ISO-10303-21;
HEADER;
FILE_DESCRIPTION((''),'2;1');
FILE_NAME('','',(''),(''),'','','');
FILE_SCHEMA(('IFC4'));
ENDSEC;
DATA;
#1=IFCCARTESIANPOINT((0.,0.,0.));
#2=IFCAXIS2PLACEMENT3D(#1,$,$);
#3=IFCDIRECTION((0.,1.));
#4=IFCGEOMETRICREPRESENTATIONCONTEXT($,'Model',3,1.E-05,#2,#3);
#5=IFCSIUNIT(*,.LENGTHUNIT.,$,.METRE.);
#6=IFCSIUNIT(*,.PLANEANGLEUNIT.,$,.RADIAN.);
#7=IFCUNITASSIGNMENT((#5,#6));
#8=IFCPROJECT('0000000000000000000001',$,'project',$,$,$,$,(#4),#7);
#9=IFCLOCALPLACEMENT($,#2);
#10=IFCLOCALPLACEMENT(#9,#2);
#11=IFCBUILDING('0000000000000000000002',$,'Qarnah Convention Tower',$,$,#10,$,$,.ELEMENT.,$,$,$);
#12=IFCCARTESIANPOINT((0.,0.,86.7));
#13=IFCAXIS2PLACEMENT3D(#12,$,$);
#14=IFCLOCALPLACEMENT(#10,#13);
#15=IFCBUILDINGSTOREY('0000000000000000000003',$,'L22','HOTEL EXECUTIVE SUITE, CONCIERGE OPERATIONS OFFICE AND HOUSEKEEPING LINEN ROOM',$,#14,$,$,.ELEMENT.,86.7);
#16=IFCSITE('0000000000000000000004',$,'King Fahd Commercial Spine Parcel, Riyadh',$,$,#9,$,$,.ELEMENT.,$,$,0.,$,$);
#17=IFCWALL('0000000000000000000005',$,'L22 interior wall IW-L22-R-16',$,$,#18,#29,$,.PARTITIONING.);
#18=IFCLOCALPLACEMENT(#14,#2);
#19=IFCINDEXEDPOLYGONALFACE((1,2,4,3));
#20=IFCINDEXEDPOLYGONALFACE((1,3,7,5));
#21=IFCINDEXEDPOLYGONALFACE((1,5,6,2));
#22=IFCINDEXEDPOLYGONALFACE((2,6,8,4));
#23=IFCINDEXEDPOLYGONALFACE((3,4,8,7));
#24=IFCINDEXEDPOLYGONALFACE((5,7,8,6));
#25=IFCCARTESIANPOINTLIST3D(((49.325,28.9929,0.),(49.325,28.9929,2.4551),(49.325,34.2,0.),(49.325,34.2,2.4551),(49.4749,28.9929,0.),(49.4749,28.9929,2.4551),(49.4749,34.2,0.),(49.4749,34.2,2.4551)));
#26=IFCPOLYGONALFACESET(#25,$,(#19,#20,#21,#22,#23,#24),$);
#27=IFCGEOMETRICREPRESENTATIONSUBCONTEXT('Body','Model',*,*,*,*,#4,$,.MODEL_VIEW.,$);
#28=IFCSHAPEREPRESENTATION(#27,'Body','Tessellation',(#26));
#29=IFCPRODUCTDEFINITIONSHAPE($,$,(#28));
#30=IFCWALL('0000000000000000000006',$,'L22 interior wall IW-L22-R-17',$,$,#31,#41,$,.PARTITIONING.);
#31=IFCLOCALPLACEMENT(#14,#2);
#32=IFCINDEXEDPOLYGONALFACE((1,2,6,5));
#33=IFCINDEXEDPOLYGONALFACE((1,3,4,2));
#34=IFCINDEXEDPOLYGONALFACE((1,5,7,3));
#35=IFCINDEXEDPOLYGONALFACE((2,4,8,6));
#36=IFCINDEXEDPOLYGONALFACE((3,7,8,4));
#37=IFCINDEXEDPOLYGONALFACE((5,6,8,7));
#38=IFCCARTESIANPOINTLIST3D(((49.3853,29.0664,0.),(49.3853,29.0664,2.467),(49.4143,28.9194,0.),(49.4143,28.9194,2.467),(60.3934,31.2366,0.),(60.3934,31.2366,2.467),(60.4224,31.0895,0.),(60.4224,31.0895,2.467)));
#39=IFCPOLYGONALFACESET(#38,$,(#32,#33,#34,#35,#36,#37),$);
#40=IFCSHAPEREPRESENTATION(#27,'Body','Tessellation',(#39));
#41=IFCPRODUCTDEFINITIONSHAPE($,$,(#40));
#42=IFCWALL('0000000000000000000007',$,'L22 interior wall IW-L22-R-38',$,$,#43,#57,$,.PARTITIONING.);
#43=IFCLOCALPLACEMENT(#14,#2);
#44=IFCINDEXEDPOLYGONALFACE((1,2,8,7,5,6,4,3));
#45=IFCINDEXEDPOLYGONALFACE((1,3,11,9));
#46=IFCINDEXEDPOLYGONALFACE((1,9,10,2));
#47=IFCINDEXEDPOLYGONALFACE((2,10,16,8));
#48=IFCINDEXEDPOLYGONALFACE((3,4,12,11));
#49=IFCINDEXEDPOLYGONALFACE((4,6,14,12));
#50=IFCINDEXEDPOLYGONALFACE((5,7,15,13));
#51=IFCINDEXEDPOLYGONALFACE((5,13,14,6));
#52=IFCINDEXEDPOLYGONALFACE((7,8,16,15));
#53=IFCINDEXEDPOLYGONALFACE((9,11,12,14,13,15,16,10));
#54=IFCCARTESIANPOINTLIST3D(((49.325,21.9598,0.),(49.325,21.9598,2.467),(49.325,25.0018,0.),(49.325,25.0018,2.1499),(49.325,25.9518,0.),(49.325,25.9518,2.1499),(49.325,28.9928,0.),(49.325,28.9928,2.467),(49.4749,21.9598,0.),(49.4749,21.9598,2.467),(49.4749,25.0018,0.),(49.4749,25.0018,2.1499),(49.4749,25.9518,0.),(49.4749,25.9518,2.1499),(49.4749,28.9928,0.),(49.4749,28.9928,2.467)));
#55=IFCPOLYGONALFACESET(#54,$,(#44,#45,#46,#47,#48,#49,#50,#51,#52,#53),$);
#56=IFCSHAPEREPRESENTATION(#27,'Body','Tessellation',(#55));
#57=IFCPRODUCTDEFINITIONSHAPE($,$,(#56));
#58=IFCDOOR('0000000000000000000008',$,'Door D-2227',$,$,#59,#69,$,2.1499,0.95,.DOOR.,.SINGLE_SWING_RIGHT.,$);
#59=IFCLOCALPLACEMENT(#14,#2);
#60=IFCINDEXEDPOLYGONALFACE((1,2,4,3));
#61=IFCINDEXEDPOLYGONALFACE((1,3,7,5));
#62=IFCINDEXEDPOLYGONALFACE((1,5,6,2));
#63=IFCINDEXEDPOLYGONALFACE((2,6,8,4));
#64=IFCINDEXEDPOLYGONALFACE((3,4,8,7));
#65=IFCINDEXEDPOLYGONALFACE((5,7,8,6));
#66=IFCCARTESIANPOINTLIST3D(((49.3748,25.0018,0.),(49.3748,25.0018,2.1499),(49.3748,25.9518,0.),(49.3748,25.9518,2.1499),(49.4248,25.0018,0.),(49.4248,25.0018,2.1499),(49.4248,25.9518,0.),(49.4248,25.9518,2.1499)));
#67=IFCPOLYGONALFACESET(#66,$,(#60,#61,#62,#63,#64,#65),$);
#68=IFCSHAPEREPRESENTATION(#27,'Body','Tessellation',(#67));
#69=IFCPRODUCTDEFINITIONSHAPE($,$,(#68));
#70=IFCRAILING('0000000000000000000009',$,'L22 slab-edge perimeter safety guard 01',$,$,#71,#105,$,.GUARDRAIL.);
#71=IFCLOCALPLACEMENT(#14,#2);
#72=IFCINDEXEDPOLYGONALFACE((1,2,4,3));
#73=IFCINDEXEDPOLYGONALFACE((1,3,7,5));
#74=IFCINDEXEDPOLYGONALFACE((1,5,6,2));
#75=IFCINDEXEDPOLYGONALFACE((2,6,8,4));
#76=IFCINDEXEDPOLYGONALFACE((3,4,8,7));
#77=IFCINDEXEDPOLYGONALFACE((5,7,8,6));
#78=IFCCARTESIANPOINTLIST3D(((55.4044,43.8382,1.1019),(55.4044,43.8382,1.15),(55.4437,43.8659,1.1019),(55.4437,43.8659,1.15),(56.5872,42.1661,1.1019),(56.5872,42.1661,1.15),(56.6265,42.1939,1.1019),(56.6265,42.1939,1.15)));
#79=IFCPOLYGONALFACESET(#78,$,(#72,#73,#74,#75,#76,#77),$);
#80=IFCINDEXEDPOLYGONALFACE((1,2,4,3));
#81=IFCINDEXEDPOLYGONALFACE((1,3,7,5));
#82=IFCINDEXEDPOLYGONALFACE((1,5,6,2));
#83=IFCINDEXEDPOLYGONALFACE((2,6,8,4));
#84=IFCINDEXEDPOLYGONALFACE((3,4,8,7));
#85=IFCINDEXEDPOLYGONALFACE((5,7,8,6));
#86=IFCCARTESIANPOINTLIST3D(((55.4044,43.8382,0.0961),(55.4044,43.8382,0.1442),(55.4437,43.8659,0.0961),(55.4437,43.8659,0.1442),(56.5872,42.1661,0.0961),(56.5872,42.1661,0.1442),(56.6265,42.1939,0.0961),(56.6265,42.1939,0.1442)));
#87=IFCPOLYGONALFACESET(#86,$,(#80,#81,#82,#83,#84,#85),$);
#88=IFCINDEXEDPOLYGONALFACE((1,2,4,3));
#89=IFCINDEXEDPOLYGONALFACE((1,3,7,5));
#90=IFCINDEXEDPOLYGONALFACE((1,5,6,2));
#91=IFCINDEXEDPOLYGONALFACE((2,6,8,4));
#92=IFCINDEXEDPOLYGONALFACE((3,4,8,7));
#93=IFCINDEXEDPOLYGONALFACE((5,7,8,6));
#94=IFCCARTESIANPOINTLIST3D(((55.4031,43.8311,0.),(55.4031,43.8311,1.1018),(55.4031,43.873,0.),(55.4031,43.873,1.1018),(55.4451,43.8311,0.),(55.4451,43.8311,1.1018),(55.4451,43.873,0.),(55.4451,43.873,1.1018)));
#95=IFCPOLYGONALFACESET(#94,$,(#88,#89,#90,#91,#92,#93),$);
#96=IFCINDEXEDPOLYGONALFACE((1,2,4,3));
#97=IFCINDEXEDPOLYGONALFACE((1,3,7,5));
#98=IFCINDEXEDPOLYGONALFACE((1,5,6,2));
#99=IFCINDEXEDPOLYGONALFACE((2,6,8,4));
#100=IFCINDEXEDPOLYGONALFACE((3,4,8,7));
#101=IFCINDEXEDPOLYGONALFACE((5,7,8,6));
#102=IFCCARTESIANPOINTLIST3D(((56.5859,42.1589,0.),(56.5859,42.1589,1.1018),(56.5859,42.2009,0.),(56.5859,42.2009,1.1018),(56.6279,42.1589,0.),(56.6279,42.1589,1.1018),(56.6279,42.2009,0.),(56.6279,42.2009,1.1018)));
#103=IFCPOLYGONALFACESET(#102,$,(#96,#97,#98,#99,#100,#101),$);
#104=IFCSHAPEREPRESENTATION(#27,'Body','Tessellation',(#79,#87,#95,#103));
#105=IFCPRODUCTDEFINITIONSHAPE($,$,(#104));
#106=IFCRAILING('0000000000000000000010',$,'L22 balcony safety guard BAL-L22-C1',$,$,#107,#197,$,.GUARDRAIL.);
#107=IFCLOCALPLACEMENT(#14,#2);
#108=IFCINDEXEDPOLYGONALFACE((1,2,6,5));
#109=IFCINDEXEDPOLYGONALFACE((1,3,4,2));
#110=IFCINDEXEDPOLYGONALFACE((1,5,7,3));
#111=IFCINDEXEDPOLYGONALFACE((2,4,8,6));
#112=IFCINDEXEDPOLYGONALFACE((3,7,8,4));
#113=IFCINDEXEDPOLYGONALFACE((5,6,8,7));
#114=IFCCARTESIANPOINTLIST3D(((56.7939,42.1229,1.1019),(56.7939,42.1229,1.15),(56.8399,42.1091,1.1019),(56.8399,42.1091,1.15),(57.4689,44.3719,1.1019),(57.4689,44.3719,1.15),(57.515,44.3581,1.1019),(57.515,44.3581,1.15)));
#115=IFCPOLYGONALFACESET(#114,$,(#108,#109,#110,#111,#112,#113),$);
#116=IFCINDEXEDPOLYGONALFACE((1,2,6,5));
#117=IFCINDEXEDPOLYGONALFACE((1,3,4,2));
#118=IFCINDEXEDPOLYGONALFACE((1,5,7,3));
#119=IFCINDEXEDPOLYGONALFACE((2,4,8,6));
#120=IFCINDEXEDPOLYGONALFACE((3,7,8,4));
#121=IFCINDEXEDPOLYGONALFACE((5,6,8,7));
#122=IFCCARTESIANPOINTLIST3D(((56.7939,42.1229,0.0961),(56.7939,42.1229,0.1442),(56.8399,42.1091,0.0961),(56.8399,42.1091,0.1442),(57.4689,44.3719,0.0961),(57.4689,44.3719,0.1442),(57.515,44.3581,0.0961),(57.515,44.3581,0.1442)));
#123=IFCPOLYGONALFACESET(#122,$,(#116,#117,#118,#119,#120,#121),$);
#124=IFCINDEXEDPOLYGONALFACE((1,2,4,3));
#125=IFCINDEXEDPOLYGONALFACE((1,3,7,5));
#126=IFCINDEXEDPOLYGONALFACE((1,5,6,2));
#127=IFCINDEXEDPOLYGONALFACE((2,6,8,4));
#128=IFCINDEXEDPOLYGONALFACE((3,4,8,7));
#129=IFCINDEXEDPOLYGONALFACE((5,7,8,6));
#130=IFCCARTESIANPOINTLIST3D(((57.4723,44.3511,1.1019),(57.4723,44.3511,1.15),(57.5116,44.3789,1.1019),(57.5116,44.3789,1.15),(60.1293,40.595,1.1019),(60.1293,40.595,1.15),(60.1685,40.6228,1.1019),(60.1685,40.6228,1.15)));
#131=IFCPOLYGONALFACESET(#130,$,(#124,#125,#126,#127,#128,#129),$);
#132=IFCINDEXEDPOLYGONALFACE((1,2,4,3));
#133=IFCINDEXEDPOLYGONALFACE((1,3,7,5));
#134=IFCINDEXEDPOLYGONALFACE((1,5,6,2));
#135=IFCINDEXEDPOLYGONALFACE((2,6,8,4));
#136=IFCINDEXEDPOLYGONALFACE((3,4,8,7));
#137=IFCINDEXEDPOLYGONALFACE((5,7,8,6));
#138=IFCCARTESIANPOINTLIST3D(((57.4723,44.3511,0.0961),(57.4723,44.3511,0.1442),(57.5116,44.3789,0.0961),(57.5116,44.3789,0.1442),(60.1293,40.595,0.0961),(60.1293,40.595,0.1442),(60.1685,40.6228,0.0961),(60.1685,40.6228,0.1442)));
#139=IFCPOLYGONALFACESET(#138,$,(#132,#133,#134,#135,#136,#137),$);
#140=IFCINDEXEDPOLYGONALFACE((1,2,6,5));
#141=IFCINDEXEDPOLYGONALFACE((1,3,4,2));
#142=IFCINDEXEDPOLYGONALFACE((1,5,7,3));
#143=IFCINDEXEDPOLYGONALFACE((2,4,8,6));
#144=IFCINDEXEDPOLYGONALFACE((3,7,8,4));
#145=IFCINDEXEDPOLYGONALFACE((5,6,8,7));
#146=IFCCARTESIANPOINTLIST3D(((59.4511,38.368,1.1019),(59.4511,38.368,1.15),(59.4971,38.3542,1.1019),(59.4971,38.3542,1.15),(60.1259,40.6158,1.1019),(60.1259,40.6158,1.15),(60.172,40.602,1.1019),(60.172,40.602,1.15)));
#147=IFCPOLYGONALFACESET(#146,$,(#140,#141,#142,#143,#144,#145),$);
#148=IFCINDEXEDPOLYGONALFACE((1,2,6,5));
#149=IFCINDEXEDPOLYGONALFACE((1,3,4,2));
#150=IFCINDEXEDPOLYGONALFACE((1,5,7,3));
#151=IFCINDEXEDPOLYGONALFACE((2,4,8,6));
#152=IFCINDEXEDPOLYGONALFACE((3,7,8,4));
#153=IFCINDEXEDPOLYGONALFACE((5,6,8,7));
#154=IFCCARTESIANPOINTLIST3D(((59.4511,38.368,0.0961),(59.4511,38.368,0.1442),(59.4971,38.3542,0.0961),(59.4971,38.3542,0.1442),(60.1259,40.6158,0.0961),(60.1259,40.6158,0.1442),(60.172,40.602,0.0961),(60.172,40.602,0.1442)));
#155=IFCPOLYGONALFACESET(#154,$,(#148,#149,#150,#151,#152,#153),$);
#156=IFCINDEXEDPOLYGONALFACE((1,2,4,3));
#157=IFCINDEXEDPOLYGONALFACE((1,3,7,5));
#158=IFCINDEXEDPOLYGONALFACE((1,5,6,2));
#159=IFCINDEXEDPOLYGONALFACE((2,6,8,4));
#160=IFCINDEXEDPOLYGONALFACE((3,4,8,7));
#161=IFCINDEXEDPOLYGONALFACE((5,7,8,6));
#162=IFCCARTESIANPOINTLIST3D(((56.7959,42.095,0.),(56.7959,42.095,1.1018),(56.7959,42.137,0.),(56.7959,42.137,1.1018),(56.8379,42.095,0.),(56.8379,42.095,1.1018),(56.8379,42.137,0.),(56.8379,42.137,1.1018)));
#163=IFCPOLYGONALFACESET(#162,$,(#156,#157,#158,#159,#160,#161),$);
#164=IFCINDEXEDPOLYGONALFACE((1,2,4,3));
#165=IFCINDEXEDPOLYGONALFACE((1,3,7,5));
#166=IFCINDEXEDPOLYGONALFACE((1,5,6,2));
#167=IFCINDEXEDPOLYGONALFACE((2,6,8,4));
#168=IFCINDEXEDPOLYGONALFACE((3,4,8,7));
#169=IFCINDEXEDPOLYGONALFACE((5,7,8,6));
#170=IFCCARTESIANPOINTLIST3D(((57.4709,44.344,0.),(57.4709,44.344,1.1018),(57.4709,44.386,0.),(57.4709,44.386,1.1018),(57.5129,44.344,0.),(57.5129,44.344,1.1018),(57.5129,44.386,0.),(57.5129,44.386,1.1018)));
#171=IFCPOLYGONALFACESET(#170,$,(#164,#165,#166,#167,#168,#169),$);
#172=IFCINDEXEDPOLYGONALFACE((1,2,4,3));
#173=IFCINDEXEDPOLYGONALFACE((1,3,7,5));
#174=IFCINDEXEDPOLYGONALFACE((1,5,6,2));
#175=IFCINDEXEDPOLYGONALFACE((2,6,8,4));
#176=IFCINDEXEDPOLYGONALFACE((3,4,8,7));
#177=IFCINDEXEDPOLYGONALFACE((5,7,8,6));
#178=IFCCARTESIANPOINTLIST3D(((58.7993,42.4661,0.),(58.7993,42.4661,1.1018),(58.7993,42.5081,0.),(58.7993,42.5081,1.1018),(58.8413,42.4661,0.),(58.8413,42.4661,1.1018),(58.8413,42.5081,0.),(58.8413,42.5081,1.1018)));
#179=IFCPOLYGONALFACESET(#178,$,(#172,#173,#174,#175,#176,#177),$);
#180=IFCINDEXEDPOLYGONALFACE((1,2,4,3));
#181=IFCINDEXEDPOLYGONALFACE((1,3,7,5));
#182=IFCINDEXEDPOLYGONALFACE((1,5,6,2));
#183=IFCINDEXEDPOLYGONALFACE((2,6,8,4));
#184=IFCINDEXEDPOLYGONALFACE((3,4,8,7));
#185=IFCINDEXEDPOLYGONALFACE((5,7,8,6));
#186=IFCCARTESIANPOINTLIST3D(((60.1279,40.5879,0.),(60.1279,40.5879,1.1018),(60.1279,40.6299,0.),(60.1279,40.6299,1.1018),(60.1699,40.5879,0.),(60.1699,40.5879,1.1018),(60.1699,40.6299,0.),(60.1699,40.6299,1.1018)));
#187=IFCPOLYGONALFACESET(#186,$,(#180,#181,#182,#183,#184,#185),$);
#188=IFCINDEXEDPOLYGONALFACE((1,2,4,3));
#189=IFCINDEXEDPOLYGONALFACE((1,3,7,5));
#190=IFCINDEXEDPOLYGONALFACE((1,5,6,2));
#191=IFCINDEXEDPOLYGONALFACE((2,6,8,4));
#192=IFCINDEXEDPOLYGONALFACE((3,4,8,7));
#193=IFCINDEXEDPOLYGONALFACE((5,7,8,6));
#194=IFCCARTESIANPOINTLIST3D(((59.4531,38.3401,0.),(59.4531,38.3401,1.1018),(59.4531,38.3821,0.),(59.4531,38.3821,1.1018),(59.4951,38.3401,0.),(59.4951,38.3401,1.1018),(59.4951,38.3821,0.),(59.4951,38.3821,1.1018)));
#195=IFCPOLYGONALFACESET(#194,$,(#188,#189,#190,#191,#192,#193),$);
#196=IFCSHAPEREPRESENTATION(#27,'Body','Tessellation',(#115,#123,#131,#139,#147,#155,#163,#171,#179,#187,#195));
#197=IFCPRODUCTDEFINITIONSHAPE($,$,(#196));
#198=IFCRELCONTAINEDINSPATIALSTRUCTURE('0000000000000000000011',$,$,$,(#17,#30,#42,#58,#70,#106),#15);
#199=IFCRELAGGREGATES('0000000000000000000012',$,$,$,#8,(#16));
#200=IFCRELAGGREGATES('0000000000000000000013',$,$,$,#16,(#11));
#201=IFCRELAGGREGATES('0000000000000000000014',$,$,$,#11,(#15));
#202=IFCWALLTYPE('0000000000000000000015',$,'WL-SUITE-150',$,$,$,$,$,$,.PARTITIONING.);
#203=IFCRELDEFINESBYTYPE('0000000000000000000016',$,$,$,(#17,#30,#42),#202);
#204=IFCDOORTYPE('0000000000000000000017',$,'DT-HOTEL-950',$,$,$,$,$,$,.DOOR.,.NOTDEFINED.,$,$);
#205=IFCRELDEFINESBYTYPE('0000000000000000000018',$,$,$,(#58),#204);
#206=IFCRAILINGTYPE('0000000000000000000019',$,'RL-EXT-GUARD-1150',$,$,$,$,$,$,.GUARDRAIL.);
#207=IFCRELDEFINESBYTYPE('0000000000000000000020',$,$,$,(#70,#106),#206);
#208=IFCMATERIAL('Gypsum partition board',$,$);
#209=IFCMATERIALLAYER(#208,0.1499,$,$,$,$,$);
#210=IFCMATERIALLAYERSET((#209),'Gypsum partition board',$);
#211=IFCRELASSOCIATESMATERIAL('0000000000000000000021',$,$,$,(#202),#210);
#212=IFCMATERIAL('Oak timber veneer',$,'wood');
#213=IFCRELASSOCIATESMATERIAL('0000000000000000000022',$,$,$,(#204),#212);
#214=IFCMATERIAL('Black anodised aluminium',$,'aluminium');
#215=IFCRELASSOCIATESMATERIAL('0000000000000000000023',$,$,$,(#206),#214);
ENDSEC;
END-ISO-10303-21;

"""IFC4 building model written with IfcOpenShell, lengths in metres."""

from ifc_helpers import new_model, si_unit, direction, frame, frame_2d, origin, origin_2d, place, context, subcontext, project, spatial, rectangle, extrude, material, layer, layer_set, type_object, element, fill, save


model = new_model("IFC4")

# Units and contexts
model_context = context("Model", 3, precision=1e-05, world=origin(), true_north=direction((0.0, 1.0)))
body_context = subcontext(model_context, "Body", "Model", "MODEL_VIEW")
ifc_project = project(units=[si_unit("LENGTHUNIT", "METRE"), si_unit("PLANEANGLEUNIT", "RADIAN")], contexts=[model_context])

# Site, building, storey
site_placement = place(None, origin())
site = spatial("IfcSite", under=ifc_project, at=site_placement, Name="King Fahd Commercial Spine Parcel, Riyadh", CompositionType="ELEMENT", RefElevation=0.0)
building_placement = place(site_placement, origin())
building = spatial("IfcBuilding", under=site, at=building_placement, Name="Qarnah Convention Tower", CompositionType="ELEMENT")
storey_placement = place(building_placement, frame((0.0, 0.0, 86.7)))
storey = spatial("IfcBuildingStorey", under=building, at=storey_placement, Name="L22", Description="HOTEL EXECUTIVE SUITE, CONCIERGE OPERATIONS OFFICE AND HOUSEKEEPING LINEN ROOM", CompositionType="ELEMENT", Elevation=86.7)

# Shared definitions
ifc_material_1 = material(Name="Black anodised aluminium", Category="aluminium")

# Walls
ifc_material_2 = material(Name="Gypsum partition board")
ifc_layer_1 = layer(ifc_material_2, 0.1499)
ifc_layer_set_1 = layer_set([ifc_layer_1], Name="Gypsum partition board")
wall_type_1 = type_object("IfcWallType", Name="WL-SUITE-150", PredefinedType="PARTITIONING", material=ifc_layer_set_1)
wall_1_placement = place(storey_placement, frame((49.3999, 34.2, 0.0), z_axis=(0.0, 0.0, 1.0), x_axis=(0.0, -1.0, 0.0)))
element("IfcWall", 1, at=wall_1_placement, inside=storey, type_object=wall_type_1, Name="L22 interior wall IW-L22-R-16", PredefinedType="PARTITIONING", context=body_context, shape_type="SweptSolid", body=[
    extrude(rectangle(XDim=5.207, YDim=0.1499, at=frame_2d((2.6035, 0.0))), origin(), (0.0, 0.0, 1.0), 2.4551),
])
wall_2_placement = place(storey_placement, frame((49.3999, 28.9929, 0.0), z_axis=(0.0, 0.0, 1.0), x_axis=(0.981116, 0.193421, 0.0)))
element("IfcWall", 2, at=wall_2_placement, inside=storey, type_object=wall_type_1, Name="L22 interior wall IW-L22-R-17", PredefinedType="PARTITIONING", context=body_context, shape_type="SweptSolid", body=[
    extrude(rectangle(XDim=11.22, YDim=0.1499, at=frame_2d((5.6099, 0.0))), origin(), (0.0, 0.0, 1.0), 2.467),
])

# Wall, opening, door
wall_3_placement = place(storey_placement, frame((49.3999, 28.9929, 0.0), z_axis=(0.0, 0.0, 1.0), x_axis=(0.0, -1.0, 0.0)))
wall_3 = element("IfcWall", 3, at=wall_3_placement, inside=storey, type_object=wall_type_1, Name="L22 interior wall IW-L22-R-38", PredefinedType="PARTITIONING", context=body_context, shape_type="SweptSolid", body=[
    extrude(rectangle(XDim=7.033, YDim=0.1499, at=frame_2d((3.5166, 0.0))), origin(), (0.0, 0.0, 1.0), 2.467),
])
opening_1_placement = place(wall_3_placement, frame((3.041, 0.0, 0.0)))
opening_1 = element("IfcOpeningElement", 4, at=opening_1_placement, cuts=wall_3, PredefinedType="OPENING", context=body_context, shape_type="SweptSolid", body=[
    extrude(rectangle(XDim=0.95, YDim=2.1499, at=frame_2d((0.4751, 1.075))), frame((0.0, 0.085, 0.0), z_axis=(0.0, -1.0, 0.0), x_axis=(1.0, 0.0, 0.0)), (0.0, 0.0, 1.0), 0.1699),
])
ifc_material_3 = material(Name="Oak timber veneer", Category="wood")
door_type_1 = type_object("IfcDoorType", Name="DT-HOTEL-950", OperationType="NOTDEFINED", PredefinedType="DOOR", material=ifc_material_3)
door_1_placement = place(opening_1_placement, origin())
door_1 = element("IfcDoor", 5, at=door_1_placement, inside=storey, type_object=door_type_1, Name="Door D-2227", OperationType="SINGLE_SWING_RIGHT", OverallHeight=2.1499, OverallWidth=0.95, PredefinedType="DOOR", context=body_context, shape_type="SweptSolid", body=[
    extrude(rectangle(XDim=0.95, YDim=2.1499, at=frame_2d((0.4751, 1.075))), frame((0.0, 0.0249, 0.0), z_axis=(0.0, -1.0, 0.0), x_axis=(1.0, 0.0, 0.0)), (0.0, 0.0, 1.0), 0.05),
])
fill(opening_1, door_1)

# Railings
railing_type = type_object("IfcRailingType", Name="RL-EXT-GUARD-1150", PredefinedType="GUARDRAIL", material=ifc_material_1)
railing_1_placement = place(storey_placement, frame((55.4241, 43.8521, 0.0)))
element("IfcRailing", 6, at=railing_1_placement, inside=storey, type_object=railing_type, Name="L22 slab-edge perimeter safety guard 01", PredefinedType="GUARDRAIL", context=body_context, shape_type="SweptSolid", body=[
    extrude(rectangle(XDim=0.0481, YDim=0.0481, at=origin_2d()), frame((0.0, 0.0, 1.126), z_axis=(0.577511, -0.816383, 0.0), x_axis=(0.816383, 0.577511, 0.0)), (0.0, 0.0, 1.0), 2.0481),
    extrude(rectangle(XDim=0.0481, YDim=0.0481, at=origin_2d()), frame((0.0, 0.0, 0.1201), z_axis=(0.577511, -0.816383, 0.0), x_axis=(0.816383, 0.577511, 0.0)), (0.0, 0.0, 1.0), 2.0481),
    extrude(rectangle(XDim=0.042, YDim=0.042, at=origin_2d()), origin(), (0.0, 0.0, 1.0), 1.1018),
    extrude(rectangle(XDim=0.042, YDim=0.042, at=origin_2d()), frame((1.1829, -1.6721, 0.0)), (0.0, 0.0, 1.0), 1.1018),
])
railing_2_placement = place(storey_placement, frame((56.8169, 42.116, 0.0)))
element("IfcRailing", 7, at=railing_2_placement, inside=storey, type_object=railing_type, Name="L22 balcony safety guard BAL-L22-C1", PredefinedType="GUARDRAIL", context=body_context, shape_type="SweptSolid", body=[
    extrude(rectangle(XDim=0.0481, YDim=0.0481, at=origin_2d()), frame((0.0, 0.0, 1.126), z_axis=(0.287481, 0.957786, 0.0), x_axis=(-0.957786, 0.287481, 0.0)), (0.0, 0.0, 1.0), 2.3481),
    extrude(rectangle(XDim=0.0481, YDim=0.0481, at=origin_2d()), frame((0.0, 0.0, 0.1201), z_axis=(0.287481, 0.957786, 0.0), x_axis=(-0.957786, 0.287481, 0.0)), (0.0, 0.0, 1.0), 2.3481),
    extrude(rectangle(XDim=0.0481, YDim=0.0481, at=origin_2d()), frame((0.675, 2.249, 1.126), z_axis=(0.577498, -0.816392, 0.0), x_axis=(0.816392, 0.577498, 0.0)), (0.0, 0.0, 1.0), 4.6008),
    extrude(rectangle(XDim=0.0481, YDim=0.0481, at=origin_2d()), frame((0.675, 2.249, 0.1201), z_axis=(0.577498, -0.816392, 0.0), x_axis=(0.816392, 0.577498, 0.0)), (0.0, 0.0, 1.0), 4.6008),
    extrude(rectangle(XDim=0.0481, YDim=0.0481, at=origin_2d()), frame((3.332, -1.5071, 1.126), z_axis=(-0.287529, -0.957772, 0.0), x_axis=(0.957772, -0.287529, 0.0)), (0.0, 0.0, 1.0), 2.3469),
    extrude(rectangle(XDim=0.0481, YDim=0.0481, at=origin_2d()), frame((3.332, -1.5071, 0.1201), z_axis=(-0.287529, -0.957772, 0.0), x_axis=(0.957772, -0.287529, 0.0)), (0.0, 0.0, 1.0), 2.3469),
    extrude(rectangle(XDim=0.042, YDim=0.042, at=origin_2d()), origin(), (0.0, 0.0, 1.0), 1.1018),
    extrude(rectangle(XDim=0.042, YDim=0.042, at=origin_2d()), frame((0.675, 2.249, 0.0)), (0.0, 0.0, 1.0), 1.1018),
    extrude(rectangle(XDim=0.042, YDim=0.042, at=origin_2d()), frame((2.0034, 0.3711, 0.0)), (0.0, 0.0, 1.0), 1.1018),
    extrude(rectangle(XDim=0.042, YDim=0.042, at=origin_2d()), frame((3.332, -1.5071, 0.0)), (0.0, 0.0, 1.0), 1.1018),
    extrude(rectangle(XDim=0.042, YDim=0.042, at=origin_2d()), frame((2.6572, -3.7549, 0.0)), (0.0, 0.0, 1.0), 1.1018),
])

save(model, "model.ifc")
